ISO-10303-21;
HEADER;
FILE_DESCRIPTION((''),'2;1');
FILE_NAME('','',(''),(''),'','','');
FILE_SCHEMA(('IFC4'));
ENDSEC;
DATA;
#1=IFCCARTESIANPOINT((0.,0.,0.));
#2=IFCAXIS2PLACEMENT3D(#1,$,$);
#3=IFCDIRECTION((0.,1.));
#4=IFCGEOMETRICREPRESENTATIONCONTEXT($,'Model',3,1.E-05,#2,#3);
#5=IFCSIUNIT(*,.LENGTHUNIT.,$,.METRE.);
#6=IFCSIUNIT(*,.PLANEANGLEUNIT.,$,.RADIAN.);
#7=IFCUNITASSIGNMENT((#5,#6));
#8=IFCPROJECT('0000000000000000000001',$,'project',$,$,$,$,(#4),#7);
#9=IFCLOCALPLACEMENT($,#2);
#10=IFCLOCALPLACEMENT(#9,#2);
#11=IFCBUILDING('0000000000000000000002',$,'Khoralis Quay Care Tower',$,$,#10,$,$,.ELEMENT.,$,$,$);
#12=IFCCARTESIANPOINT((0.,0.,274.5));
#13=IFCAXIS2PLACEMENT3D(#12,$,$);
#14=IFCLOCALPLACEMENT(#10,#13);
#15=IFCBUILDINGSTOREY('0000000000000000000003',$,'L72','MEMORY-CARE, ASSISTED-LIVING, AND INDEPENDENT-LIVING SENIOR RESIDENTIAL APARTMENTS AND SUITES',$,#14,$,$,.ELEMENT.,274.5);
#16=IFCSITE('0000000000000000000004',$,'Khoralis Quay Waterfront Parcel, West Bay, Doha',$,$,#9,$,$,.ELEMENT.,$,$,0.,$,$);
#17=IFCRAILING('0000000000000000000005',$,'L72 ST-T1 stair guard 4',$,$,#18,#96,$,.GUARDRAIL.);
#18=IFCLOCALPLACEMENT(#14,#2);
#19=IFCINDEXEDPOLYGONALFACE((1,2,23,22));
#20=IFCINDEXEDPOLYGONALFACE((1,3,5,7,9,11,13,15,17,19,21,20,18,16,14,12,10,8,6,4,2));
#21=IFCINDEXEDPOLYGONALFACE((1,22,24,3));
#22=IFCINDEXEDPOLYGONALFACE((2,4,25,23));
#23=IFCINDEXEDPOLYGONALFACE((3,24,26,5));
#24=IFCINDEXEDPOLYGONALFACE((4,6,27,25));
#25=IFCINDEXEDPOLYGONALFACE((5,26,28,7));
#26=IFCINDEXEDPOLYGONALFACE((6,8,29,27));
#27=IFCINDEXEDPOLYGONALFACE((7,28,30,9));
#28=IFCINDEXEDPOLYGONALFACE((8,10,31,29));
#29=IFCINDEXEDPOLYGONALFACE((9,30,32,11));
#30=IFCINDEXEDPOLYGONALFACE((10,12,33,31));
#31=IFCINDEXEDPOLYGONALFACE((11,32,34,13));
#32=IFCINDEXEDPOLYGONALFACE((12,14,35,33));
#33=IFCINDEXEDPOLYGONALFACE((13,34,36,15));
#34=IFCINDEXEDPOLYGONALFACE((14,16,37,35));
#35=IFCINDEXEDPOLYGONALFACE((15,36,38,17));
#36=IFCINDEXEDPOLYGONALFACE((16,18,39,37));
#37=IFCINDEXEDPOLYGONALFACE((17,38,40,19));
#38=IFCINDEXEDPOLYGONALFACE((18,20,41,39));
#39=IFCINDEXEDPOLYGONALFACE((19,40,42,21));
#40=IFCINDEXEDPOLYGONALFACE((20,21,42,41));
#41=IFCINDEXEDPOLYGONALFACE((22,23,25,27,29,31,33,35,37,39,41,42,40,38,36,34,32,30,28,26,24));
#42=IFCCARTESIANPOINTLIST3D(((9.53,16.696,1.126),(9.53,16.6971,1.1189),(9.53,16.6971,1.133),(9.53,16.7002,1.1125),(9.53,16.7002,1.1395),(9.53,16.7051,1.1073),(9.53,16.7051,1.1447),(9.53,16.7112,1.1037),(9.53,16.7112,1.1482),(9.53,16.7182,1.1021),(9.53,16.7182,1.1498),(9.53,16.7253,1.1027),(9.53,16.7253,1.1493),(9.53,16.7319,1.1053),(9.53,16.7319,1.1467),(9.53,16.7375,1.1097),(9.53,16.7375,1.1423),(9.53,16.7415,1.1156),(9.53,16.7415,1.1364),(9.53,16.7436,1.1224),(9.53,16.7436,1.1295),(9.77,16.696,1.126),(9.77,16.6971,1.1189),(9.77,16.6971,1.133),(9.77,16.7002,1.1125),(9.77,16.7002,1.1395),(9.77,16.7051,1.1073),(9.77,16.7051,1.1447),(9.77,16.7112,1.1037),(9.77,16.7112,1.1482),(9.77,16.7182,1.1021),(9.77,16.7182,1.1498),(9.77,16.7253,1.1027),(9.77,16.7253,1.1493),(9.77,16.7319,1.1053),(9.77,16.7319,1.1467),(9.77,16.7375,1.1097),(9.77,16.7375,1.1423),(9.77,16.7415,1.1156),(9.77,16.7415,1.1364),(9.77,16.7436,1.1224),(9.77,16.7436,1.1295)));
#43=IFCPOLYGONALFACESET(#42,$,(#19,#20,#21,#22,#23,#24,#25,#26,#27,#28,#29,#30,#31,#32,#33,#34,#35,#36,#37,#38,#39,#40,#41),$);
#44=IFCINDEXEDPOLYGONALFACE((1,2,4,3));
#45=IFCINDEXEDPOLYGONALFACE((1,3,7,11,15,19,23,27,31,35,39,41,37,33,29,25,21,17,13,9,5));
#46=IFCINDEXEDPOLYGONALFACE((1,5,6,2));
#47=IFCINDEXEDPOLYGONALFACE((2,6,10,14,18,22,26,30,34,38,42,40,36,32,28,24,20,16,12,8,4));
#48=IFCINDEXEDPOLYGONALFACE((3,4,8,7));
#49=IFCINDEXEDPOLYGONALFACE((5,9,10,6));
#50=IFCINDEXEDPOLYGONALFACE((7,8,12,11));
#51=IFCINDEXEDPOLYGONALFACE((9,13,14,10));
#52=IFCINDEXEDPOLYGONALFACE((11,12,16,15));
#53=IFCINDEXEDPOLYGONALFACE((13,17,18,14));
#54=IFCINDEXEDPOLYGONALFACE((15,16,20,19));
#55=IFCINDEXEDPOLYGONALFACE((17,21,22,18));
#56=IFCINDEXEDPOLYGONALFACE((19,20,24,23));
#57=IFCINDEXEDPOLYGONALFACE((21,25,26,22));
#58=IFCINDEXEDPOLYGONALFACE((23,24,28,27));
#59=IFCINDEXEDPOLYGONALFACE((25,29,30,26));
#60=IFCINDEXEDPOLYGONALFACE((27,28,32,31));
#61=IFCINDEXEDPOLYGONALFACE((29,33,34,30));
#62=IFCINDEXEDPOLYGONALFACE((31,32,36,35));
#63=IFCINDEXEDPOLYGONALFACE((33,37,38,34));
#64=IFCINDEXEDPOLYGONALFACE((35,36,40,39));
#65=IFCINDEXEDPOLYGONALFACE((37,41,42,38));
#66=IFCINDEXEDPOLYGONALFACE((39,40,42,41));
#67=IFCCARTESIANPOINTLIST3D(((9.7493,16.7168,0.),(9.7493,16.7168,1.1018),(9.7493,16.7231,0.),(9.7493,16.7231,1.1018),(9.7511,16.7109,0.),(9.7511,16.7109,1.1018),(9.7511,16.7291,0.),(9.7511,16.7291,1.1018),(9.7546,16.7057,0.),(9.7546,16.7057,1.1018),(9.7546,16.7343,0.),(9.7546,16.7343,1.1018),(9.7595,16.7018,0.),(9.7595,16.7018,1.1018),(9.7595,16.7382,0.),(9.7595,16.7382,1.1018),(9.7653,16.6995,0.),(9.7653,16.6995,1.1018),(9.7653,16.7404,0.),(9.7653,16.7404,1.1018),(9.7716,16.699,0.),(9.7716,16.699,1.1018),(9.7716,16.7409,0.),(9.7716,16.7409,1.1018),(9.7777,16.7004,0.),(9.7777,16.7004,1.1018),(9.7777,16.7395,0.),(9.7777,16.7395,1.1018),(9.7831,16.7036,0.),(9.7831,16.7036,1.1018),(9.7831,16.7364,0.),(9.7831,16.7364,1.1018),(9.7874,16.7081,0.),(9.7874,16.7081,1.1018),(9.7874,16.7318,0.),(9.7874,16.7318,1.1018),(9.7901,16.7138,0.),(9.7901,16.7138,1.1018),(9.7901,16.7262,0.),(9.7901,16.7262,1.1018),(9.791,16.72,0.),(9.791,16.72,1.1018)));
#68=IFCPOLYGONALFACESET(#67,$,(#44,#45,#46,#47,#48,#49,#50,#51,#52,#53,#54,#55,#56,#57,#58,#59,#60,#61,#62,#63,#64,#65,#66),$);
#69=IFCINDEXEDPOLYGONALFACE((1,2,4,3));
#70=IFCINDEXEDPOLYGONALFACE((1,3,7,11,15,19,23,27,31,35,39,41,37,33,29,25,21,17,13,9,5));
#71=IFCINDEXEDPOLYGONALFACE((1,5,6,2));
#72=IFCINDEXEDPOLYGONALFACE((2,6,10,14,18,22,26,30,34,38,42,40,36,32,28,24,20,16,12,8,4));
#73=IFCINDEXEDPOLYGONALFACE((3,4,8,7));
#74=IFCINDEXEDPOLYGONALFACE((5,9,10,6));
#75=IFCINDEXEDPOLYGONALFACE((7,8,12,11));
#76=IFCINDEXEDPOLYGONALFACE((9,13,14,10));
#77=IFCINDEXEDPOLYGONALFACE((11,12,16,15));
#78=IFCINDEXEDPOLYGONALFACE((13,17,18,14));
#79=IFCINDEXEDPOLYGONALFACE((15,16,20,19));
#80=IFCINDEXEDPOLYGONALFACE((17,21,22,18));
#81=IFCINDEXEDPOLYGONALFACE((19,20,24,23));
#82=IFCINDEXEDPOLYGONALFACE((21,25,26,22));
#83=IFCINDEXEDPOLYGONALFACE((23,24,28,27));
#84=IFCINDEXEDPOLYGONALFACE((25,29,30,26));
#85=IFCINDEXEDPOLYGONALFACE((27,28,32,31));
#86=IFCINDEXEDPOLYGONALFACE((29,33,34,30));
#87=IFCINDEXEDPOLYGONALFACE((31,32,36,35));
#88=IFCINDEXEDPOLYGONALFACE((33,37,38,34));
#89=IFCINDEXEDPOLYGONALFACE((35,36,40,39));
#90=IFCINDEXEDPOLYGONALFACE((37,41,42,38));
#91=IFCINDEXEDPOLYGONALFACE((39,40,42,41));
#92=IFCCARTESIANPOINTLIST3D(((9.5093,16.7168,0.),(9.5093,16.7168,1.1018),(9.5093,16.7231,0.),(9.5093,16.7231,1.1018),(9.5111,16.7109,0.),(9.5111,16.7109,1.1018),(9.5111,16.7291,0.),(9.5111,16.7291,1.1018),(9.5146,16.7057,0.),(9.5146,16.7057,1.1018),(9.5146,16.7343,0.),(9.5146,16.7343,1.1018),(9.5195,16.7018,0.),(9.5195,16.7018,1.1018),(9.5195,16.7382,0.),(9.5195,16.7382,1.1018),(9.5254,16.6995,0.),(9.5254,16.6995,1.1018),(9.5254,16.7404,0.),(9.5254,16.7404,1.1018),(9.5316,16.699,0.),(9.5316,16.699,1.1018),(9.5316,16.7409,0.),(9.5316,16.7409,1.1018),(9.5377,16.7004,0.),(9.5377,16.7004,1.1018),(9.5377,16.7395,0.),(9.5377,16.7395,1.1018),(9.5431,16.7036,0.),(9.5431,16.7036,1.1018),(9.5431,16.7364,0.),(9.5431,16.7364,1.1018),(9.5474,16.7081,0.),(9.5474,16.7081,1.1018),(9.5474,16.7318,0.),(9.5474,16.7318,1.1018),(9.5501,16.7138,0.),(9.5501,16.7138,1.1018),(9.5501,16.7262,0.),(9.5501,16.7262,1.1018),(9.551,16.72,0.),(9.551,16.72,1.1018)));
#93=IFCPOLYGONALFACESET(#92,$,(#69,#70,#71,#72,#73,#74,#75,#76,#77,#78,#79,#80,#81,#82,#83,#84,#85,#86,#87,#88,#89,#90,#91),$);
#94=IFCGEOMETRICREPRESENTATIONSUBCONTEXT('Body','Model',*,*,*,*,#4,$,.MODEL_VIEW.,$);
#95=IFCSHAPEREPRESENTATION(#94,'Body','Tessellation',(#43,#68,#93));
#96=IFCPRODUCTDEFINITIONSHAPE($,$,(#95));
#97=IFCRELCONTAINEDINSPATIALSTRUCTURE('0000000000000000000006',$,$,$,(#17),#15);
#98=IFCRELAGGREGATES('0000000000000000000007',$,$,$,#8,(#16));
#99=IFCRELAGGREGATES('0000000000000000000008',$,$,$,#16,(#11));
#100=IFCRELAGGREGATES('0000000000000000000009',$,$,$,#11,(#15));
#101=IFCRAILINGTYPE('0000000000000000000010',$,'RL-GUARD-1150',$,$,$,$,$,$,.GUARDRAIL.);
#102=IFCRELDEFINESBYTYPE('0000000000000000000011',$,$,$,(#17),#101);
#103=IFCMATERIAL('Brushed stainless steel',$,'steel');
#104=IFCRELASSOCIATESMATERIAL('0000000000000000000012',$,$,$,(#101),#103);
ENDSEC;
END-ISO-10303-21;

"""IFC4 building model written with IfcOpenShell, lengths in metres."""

from ifc_helpers import new_model, si_unit, direction, frame, origin, origin_2d, place, context, subcontext, project, spatial, circle, extrude, material, type_object, element, save


model = new_model("IFC4")

# Units and contexts
model_context = context("Model", 3, precision=1e-05, world=origin(), true_north=direction((0.0, 1.0)))
body_context = subcontext(model_context, "Body", "Model", "MODEL_VIEW")
ifc_project = project(units=[si_unit("LENGTHUNIT", "METRE"), si_unit("PLANEANGLEUNIT", "RADIAN")], contexts=[model_context])

# Site, building, storey
site_placement = place(None, origin())
site = spatial("IfcSite", under=ifc_project, at=site_placement, Name="Khoralis Quay Waterfront Parcel, West Bay, Doha", CompositionType="ELEMENT", RefElevation=0.0)
building_placement = place(site_placement, origin())
building = spatial("IfcBuilding", under=site, at=building_placement, Name="Khoralis Quay Care Tower", CompositionType="ELEMENT")
storey_placement = place(building_placement, frame((0.0, 0.0, 274.5)))
storey = spatial("IfcBuildingStorey", under=building, at=storey_placement, Name="L72", Description="MEMORY-CARE, ASSISTED-LIVING, AND INDEPENDENT-LIVING SENIOR RESIDENTIAL APARTMENTS AND SUITES", CompositionType="ELEMENT", Elevation=274.5)

# Shared definitions
ifc_material_1 = material(Name="Brushed stainless steel", Category="steel")

# Railing
railing_type_1 = type_object("IfcRailingType", Name="RL-GUARD-1150", PredefinedType="GUARDRAIL", material=ifc_material_1)
railing_1_placement = place(storey_placement, frame((9.77, 16.72, 0.0)))
element("IfcRailing", 1, at=railing_1_placement, inside=storey, type_object=railing_type_1, Name="L72 ST-T1 stair guard 4", PredefinedType="GUARDRAIL", context=body_context, shape_type="SweptSolid", body=[
    extrude(circle(Radius=0.0239, at=origin_2d()), frame((0.0, 0.0, 1.126), z_axis=(-1.0, 0.0, 0.0), x_axis=(0.0, -1.0, 0.0)), (0.0, 0.0, 1.0), 0.24),
    extrude(circle(Radius=0.021, at=origin_2d()), origin(), (0.0, 0.0, 1.0), 1.1018),
    extrude(circle(Radius=0.021, at=origin_2d()), frame((-0.24, 0.0, 0.0)), (0.0, 0.0, 1.0), 1.1018),
])

save(model, "model.ifc")
